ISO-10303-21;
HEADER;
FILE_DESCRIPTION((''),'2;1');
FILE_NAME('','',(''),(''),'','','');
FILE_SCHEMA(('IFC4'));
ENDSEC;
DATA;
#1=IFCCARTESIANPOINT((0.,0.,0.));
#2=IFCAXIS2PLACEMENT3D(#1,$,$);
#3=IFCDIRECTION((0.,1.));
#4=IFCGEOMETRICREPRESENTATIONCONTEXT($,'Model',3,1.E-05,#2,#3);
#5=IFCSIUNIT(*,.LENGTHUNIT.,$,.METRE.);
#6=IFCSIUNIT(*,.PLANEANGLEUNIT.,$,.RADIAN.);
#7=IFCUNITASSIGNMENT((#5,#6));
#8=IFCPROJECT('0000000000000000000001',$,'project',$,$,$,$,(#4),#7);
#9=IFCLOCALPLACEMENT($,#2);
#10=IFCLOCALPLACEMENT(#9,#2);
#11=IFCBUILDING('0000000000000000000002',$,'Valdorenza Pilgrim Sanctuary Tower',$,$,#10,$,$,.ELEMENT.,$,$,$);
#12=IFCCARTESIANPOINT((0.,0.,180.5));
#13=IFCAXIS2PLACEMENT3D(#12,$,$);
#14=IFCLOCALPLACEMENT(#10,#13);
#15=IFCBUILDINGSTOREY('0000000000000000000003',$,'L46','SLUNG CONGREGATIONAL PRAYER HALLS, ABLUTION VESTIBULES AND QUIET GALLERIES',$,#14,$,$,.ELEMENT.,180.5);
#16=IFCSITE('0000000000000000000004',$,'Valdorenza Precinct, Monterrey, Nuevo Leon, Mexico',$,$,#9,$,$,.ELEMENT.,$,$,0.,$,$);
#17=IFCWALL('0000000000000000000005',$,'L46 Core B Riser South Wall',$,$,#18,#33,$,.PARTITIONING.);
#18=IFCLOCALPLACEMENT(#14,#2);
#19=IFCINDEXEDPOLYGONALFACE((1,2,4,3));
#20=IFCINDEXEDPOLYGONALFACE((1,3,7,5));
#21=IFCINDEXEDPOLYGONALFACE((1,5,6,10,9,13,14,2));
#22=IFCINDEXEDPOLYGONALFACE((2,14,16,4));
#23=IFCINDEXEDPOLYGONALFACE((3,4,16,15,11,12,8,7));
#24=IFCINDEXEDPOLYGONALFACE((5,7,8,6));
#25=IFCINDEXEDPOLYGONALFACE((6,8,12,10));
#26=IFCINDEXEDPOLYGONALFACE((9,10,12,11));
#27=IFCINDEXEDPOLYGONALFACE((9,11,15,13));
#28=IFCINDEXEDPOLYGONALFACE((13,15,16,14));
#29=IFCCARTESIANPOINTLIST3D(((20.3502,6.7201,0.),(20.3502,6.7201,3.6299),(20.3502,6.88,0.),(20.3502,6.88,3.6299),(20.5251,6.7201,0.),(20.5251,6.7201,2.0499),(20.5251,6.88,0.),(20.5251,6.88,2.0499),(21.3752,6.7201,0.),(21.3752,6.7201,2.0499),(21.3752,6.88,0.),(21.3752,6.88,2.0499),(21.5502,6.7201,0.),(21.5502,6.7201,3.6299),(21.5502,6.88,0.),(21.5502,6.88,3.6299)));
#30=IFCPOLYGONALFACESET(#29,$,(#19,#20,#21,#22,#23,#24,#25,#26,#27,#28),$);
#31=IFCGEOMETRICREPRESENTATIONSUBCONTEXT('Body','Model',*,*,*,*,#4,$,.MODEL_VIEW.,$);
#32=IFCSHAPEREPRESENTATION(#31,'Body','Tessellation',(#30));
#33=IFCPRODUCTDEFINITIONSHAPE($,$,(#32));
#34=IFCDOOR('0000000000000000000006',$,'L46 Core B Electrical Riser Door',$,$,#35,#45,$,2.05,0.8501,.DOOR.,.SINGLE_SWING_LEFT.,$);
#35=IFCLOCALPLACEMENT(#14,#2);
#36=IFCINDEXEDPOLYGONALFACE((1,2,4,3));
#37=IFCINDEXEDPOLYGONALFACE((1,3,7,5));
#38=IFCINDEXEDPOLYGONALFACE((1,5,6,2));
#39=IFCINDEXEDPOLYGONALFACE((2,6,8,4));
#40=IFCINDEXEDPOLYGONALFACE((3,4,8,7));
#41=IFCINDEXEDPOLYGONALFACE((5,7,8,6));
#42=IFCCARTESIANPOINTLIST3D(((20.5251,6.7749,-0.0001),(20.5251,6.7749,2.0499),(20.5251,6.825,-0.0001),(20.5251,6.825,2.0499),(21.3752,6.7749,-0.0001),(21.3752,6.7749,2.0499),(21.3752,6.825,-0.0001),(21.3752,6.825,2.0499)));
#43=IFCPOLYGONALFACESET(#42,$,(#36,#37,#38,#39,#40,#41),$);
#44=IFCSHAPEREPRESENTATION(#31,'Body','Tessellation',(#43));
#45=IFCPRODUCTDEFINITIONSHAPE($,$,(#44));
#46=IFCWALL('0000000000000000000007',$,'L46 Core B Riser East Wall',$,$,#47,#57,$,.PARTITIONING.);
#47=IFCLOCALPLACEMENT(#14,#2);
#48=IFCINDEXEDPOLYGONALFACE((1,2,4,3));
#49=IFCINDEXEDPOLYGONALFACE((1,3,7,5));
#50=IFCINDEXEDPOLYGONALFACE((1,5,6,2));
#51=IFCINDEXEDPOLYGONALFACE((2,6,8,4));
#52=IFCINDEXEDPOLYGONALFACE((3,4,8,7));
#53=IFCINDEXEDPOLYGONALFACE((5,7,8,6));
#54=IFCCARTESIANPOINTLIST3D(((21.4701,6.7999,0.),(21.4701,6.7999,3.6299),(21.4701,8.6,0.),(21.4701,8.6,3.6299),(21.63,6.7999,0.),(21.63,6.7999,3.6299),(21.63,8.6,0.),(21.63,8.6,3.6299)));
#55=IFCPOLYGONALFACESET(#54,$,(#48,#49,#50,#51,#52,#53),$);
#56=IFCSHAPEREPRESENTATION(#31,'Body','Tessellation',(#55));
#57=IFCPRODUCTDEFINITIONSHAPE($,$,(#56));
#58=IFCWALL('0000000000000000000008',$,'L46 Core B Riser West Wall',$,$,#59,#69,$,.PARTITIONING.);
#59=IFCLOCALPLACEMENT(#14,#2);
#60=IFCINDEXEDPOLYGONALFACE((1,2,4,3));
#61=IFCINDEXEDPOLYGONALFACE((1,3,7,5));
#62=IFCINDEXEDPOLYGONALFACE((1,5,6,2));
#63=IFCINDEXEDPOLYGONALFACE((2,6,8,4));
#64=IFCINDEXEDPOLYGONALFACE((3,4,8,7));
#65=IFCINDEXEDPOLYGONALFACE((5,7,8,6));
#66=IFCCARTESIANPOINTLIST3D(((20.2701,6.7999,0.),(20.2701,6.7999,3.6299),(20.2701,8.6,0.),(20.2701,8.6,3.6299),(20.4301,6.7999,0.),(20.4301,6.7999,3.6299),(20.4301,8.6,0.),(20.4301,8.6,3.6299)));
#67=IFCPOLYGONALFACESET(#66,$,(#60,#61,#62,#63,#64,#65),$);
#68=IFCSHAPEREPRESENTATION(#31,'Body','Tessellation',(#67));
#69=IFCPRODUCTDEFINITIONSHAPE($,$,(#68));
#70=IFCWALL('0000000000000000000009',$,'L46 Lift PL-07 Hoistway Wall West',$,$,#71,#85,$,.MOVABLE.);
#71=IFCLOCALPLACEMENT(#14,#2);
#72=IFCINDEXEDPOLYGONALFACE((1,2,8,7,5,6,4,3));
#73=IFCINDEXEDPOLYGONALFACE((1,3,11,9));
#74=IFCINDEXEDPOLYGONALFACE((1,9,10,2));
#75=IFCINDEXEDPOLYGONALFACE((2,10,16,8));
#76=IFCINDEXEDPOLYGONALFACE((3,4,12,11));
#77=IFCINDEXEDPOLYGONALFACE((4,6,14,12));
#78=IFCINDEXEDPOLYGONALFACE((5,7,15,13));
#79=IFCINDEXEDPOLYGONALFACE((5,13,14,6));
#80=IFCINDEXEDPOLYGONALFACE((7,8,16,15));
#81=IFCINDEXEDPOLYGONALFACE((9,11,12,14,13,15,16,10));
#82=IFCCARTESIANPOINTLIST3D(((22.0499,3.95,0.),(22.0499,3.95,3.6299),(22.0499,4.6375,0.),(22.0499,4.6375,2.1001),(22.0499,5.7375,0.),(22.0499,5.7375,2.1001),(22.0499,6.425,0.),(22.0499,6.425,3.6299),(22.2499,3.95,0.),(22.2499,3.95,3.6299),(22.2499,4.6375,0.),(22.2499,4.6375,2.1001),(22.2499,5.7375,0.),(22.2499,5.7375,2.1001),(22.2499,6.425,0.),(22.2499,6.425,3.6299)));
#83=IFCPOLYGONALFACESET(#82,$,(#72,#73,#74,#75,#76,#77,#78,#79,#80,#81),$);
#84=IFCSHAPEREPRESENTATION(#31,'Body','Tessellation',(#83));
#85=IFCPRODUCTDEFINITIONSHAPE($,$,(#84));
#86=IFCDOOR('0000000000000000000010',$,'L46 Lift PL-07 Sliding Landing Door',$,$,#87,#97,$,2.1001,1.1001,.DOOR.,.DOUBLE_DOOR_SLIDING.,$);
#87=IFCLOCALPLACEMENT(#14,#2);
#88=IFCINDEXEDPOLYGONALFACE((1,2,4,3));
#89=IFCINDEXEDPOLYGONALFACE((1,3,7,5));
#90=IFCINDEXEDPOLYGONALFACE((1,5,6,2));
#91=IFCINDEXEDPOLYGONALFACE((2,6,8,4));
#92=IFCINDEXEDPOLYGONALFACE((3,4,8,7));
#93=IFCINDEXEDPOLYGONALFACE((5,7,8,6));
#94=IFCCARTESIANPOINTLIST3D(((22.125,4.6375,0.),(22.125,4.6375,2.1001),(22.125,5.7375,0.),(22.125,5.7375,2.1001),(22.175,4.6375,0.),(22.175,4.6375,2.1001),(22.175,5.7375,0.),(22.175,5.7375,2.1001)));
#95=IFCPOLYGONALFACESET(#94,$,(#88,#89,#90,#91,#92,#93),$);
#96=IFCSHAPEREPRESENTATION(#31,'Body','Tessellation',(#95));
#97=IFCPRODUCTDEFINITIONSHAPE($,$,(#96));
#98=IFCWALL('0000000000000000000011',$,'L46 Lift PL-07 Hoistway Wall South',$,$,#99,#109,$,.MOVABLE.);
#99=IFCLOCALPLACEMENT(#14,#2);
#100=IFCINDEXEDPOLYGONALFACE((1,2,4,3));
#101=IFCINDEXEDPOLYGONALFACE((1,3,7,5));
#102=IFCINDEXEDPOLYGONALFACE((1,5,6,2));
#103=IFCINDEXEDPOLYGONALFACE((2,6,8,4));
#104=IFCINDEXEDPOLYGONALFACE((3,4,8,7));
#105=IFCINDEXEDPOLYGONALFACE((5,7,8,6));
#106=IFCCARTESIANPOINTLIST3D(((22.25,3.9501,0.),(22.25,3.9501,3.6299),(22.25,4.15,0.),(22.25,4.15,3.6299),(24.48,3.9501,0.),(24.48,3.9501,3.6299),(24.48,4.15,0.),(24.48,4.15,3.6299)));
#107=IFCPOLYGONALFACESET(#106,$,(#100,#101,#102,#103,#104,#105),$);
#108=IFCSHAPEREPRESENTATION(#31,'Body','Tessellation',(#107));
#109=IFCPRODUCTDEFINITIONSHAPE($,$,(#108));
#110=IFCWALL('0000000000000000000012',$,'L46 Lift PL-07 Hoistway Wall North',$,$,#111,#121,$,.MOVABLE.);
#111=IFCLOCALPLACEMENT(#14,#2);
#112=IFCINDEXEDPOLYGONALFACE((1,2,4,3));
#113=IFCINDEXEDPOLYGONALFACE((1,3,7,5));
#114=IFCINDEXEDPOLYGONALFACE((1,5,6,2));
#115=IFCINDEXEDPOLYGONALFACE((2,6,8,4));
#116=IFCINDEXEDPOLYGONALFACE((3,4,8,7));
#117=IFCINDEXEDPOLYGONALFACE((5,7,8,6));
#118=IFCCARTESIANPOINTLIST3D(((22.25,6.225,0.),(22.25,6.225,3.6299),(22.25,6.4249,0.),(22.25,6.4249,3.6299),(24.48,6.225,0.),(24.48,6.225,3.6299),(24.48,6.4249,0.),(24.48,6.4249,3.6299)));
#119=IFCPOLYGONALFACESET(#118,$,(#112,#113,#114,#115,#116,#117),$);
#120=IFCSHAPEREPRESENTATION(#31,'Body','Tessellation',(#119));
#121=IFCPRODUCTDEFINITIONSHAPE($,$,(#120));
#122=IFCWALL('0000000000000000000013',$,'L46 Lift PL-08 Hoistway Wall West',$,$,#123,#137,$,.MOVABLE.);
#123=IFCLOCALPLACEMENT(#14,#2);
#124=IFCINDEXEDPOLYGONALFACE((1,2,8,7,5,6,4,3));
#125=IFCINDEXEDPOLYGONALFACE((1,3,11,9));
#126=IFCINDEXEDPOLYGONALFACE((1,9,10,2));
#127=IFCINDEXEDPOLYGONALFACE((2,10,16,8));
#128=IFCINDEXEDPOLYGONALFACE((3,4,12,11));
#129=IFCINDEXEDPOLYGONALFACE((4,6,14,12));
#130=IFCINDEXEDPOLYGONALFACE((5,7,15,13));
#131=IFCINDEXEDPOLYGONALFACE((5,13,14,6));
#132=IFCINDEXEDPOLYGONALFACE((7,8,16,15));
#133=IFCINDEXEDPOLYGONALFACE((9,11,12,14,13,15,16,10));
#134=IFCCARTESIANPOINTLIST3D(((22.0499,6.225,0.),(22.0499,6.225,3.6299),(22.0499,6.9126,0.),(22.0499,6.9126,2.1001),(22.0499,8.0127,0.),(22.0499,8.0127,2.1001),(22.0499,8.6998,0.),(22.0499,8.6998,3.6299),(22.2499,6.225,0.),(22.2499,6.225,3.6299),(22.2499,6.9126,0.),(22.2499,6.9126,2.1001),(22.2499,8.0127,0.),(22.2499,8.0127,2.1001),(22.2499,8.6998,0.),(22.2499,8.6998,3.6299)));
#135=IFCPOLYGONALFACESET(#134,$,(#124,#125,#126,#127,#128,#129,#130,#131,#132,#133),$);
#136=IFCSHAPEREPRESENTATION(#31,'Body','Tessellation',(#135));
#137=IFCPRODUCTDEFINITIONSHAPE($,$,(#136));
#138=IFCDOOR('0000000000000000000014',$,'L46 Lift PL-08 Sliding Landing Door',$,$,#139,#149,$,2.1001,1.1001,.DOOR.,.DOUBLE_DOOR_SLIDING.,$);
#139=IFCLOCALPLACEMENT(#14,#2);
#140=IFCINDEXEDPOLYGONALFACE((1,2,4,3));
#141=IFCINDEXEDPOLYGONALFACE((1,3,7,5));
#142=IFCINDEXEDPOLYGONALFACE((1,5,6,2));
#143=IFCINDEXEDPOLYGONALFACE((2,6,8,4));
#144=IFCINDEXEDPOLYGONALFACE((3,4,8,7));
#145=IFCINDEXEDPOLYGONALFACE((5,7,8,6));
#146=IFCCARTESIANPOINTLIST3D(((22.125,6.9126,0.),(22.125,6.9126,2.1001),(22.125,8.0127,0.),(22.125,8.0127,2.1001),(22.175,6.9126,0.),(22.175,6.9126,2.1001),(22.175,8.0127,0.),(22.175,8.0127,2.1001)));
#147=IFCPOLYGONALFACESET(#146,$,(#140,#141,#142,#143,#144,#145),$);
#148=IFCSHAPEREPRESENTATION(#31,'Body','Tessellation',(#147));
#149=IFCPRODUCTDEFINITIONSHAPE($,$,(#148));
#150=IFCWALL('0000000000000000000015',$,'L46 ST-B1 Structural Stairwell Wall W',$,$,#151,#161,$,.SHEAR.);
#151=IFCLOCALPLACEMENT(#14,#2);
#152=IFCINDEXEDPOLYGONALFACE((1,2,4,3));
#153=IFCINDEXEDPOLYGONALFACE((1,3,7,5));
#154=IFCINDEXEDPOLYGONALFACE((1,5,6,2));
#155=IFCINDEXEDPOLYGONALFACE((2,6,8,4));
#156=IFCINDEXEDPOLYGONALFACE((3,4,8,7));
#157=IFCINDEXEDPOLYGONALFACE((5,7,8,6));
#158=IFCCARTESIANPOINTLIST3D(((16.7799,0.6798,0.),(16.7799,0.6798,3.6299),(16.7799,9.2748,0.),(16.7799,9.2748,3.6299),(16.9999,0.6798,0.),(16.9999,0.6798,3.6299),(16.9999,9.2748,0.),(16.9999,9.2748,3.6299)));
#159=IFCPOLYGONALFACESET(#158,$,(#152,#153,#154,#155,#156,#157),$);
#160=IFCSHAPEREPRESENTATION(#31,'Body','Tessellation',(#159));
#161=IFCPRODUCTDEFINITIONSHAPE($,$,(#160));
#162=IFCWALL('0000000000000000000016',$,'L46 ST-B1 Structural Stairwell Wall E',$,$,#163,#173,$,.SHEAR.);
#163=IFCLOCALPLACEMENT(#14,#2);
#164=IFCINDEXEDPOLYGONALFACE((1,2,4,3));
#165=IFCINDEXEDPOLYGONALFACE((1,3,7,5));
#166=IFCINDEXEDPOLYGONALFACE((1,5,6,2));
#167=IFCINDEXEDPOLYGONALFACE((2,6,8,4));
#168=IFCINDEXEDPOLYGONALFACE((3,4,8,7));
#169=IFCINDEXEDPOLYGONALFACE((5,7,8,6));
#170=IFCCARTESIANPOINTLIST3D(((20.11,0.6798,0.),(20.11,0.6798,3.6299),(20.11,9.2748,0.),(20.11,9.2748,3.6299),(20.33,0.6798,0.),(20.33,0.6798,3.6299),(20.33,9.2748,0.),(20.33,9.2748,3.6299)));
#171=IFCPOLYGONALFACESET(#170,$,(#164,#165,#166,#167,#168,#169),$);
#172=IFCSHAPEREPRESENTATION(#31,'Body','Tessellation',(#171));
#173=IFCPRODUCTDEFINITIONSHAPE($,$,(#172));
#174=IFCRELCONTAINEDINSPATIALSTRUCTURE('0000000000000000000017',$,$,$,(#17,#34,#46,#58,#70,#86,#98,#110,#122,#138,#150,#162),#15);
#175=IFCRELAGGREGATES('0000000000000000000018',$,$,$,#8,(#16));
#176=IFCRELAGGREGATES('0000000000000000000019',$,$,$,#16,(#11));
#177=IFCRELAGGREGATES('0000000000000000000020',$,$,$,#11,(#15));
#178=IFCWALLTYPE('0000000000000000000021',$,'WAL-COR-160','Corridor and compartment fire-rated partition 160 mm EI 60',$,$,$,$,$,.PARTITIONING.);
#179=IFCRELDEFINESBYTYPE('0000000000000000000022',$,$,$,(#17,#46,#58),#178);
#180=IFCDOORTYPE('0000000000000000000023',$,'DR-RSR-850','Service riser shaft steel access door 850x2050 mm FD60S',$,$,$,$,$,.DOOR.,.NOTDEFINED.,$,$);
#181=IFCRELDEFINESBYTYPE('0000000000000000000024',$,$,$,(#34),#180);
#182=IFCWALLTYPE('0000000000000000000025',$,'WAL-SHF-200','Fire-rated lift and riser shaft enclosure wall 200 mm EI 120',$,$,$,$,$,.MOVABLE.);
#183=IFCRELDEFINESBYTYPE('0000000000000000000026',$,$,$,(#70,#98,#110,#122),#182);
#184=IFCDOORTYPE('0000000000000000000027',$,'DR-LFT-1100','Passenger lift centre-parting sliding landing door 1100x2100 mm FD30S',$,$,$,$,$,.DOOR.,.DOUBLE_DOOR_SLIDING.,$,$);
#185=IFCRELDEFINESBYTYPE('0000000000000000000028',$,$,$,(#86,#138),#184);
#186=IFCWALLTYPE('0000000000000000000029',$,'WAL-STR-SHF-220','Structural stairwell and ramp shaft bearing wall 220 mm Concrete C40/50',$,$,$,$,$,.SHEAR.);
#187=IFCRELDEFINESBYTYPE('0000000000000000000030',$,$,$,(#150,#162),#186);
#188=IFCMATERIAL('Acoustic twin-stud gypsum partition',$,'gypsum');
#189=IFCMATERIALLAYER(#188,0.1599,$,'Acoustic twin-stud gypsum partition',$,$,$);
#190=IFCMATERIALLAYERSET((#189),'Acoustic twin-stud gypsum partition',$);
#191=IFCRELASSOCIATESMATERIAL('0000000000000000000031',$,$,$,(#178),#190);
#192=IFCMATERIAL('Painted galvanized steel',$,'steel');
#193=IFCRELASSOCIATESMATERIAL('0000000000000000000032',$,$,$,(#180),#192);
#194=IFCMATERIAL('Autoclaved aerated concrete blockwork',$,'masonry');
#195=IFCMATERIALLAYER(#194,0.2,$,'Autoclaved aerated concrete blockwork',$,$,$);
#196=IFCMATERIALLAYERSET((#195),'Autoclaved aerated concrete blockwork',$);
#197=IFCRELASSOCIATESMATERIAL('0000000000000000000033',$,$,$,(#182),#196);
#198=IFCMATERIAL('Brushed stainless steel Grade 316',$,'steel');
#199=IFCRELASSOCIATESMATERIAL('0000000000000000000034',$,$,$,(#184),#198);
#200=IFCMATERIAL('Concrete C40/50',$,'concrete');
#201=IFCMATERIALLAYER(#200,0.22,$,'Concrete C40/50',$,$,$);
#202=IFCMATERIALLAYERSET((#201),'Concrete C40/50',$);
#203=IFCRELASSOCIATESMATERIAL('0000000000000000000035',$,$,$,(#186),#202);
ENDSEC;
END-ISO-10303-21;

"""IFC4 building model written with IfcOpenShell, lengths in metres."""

from ifc_helpers import new_model, si_unit, direction, frame, frame_2d, origin, place, context, subcontext, project, spatial, rectangle, extrude, material, layer, layer_set, type_object, element, fill, save


model = new_model("IFC4")

# Units and contexts
model_context = context("Model", 3, precision=1e-05, world=origin(), true_north=direction((0.0, 1.0)))
body_context = subcontext(model_context, "Body", "Model", "MODEL_VIEW")
ifc_project = project(units=[si_unit("LENGTHUNIT", "METRE"), si_unit("PLANEANGLEUNIT", "RADIAN")], contexts=[model_context])

# Site, building, storey
site_placement = place(None, origin())
site = spatial("IfcSite", under=ifc_project, at=site_placement, Name="Valdorenza Precinct, Monterrey, Nuevo Leon, Mexico", CompositionType="ELEMENT", RefElevation=0.0)
building_placement = place(site_placement, origin())
building = spatial("IfcBuilding", under=site, at=building_placement, Name="Valdorenza Pilgrim Sanctuary Tower", CompositionType="ELEMENT")
storey_placement = place(building_placement, frame((0.0, 0.0, 180.5)))
storey = spatial("IfcBuildingStorey", under=building, at=storey_placement, Name="L46", Description="SLUNG CONGREGATIONAL PRAYER HALLS, ABLUTION VESTIBULES AND QUIET GALLERIES", CompositionType="ELEMENT", Elevation=180.5)

# Wall, opening, door
ifc_material_1 = material(Name="Acoustic twin-stud gypsum partition", Category="gypsum")
ifc_layer_1 = layer(ifc_material_1, 0.1599, Name="Acoustic twin-stud gypsum partition")
ifc_layer_set_1 = layer_set([ifc_layer_1], Name="Acoustic twin-stud gypsum partition")
wall_type_1 = type_object("IfcWallType", Name="WAL-COR-160", Description="Corridor and compartment fire-rated partition 160 mm EI 60", PredefinedType="PARTITIONING", material=ifc_layer_set_1)
wall_1_placement = place(storey_placement, frame((20.3501, 6.8, 0.0), z_axis=(0.0, 0.0, 1.0), x_axis=(1.0, 0.0, 0.0)))
wall_1 = element("IfcWall", 1, at=wall_1_placement, inside=storey, type_object=wall_type_1, Name="L46 Core B Riser South Wall", PredefinedType="PARTITIONING", context=body_context, shape_type="SweptSolid", body=[
    extrude(rectangle(XDim=1.2, YDim=0.1599, at=frame_2d((0.6001, 0.0))), origin(), (0.0, 0.0, 1.0), 3.6299),
])
opening_1_placement = place(wall_1_placement, frame((0.175, 0.0, 0.0)))
opening_1 = element("IfcOpeningElement", 2, at=opening_1_placement, cuts=wall_1, PredefinedType="OPENING", context=body_context, shape_type="SweptSolid", body=[
    extrude(rectangle(XDim=0.8501, YDim=2.05, at=frame_2d((0.425, 1.0249))), frame((0.0, 0.0947, 0.0), z_axis=(0.0, -1.0, 0.0), x_axis=(1.0, 0.0, 0.0)), (0.0, 0.0, 1.0), 0.1897),
])
ifc_material_2 = material(Name="Painted galvanized steel", Category="steel")
door_type_1 = type_object("IfcDoorType", Name="DR-RSR-850", Description="Service riser shaft steel access door 850x2050 mm FD60S", OperationType="NOTDEFINED", PredefinedType="DOOR", material=ifc_material_2)
door_1_placement = place(opening_1_placement, origin())
door_1 = element("IfcDoor", 3, at=door_1_placement, inside=storey, type_object=door_type_1, Name="L46 Core B Electrical Riser Door", OperationType="SINGLE_SWING_LEFT", OverallHeight=2.05, OverallWidth=0.8501, PredefinedType="DOOR", context=body_context, shape_type="SweptSolid", body=[
    extrude(rectangle(XDim=0.8501, YDim=2.05, at=frame_2d((0.425, 1.0249))), frame((0.0, 0.0249, 0.0), z_axis=(0.0, -1.0, 0.0), x_axis=(1.0, 0.0, 0.0)), (0.0, 0.0, 1.0), 0.05),
])
fill(opening_1, door_1)

# Walls
for number, where, z_axis, x_axis, name in (
    (4, (21.55, 6.8, 0.0), (0.0, 0.0, 1.0), (0.0, 1.0, 0.0), "L46 Core B Riser East Wall"),
    (5, (20.3501, 6.8, 0.0), (0.0, 0.0, 1.0), (0.0, 1.0, 0.0), "L46 Core B Riser West Wall"),
):
    element("IfcWall", number, at=place(storey_placement, frame(where, z_axis=z_axis, x_axis=x_axis)), inside=storey, type_object=wall_type_1, Name=name, PredefinedType="PARTITIONING", context=body_context, shape_type="SweptSolid", body=[
        extrude(rectangle(XDim=1.8, YDim=0.1599, at=frame_2d((0.8999, 0.0))), origin(), (0.0, 0.0, 1.0), 3.6299),
    ])

# Wall, opening, door
ifc_material_3 = material(Name="Autoclaved aerated concrete blockwork", Category="masonry")
ifc_layer_2 = layer(ifc_material_3, 0.2, Name="Autoclaved aerated concrete blockwork")
ifc_layer_set_2 = layer_set([ifc_layer_2], Name="Autoclaved aerated concrete blockwork")
wall_type_2 = type_object("IfcWallType", Name="WAL-SHF-200", Description="Fire-rated lift and riser shaft enclosure wall 200 mm EI 120", PredefinedType="MOVABLE", material=ifc_layer_set_2)
wall_2_placement = place(storey_placement, frame((22.1499, 3.95, 0.0), z_axis=(0.0, 0.0, 1.0), x_axis=(0.0, 1.0, 0.0)))
wall_2 = element("IfcWall", 6, at=wall_2_placement, inside=storey, type_object=wall_type_2, Name="L46 Lift PL-07 Hoistway Wall West", PredefinedType="MOVABLE", context=body_context, shape_type="SweptSolid", body=[
    extrude(rectangle(XDim=2.4751, YDim=0.2, at=frame_2d((1.2375, 0.0))), origin(), (0.0, 0.0, 1.0), 3.6299),
])
opening_2_placement = place(wall_2_placement, frame((0.6875, 0.0, 0.0)))
opening_2 = element("IfcOpeningElement", 7, at=opening_2_placement, cuts=wall_2, PredefinedType="OPENING", context=body_context, shape_type="SweptSolid", body=[
    extrude(rectangle(XDim=1.1001, YDim=2.1001, at=frame_2d((0.55, 1.05))), frame((0.0, 0.1147, 0.0), z_axis=(0.0, -1.0, 0.0), x_axis=(1.0, 0.0, 0.0)), (0.0, 0.0, 1.0), 0.2297),
])
ifc_material_4 = material(Name="Brushed stainless steel Grade 316", Category="steel")
door_type_2 = type_object("IfcDoorType", Name="DR-LFT-1100", Description="Passenger lift centre-parting sliding landing door 1100x2100 mm FD30S", OperationType="DOUBLE_DOOR_SLIDING", PredefinedType="DOOR", material=ifc_material_4)
door_2_placement = place(opening_2_placement, origin())
door_2 = element("IfcDoor", 8, at=door_2_placement, inside=storey, type_object=door_type_2, Name="L46 Lift PL-07 Sliding Landing Door", OperationType="DOUBLE_DOOR_SLIDING", OverallHeight=2.1001, OverallWidth=1.1001, PredefinedType="DOOR", context=body_context, shape_type="SweptSolid", body=[
    extrude(rectangle(XDim=1.1001, YDim=2.1001, at=frame_2d((0.55, 1.05))), frame((0.0, 0.0249, 0.0), z_axis=(0.0, -1.0, 0.0), x_axis=(1.0, 0.0, 0.0)), (0.0, 0.0, 1.0), 0.05),
])
fill(opening_2, door_2)

# Walls
for number, where, z_axis, x_axis, name in (
    (9, (22.25, 4.05, 0.0), (0.0, 0.0, 1.0), (1.0, 0.0, 0.0), "L46 Lift PL-07 Hoistway Wall South"),
    (10, (22.25, 6.325, 0.0), (0.0, 0.0, 1.0), (1.0, 0.0, 0.0), "L46 Lift PL-07 Hoistway Wall North"),
):
    element("IfcWall", number, at=place(storey_placement, frame(where, z_axis=z_axis, x_axis=x_axis)), inside=storey, type_object=wall_type_2, Name=name, PredefinedType="MOVABLE", context=body_context, shape_type="SweptSolid", body=[
        extrude(rectangle(XDim=2.23, YDim=0.2, at=frame_2d((1.115, 0.0))), origin(), (0.0, 0.0, 1.0), 3.6299),
    ])

# Wall, opening, door
wall_3_placement = place(storey_placement, frame((22.1499, 6.2251, 0.0), z_axis=(0.0, 0.0, 1.0), x_axis=(0.0, 1.0, 0.0)))
wall_3 = element("IfcWall", 11, at=wall_3_placement, inside=storey, type_object=wall_type_2, Name="L46 Lift PL-08 Hoistway Wall West", PredefinedType="MOVABLE", context=body_context, shape_type="SweptSolid", body=[
    extrude(rectangle(XDim=2.4749, YDim=0.2, at=frame_2d((1.2373, 0.0))), origin(), (0.0, 0.0, 1.0), 3.6299),
])
opening_3_placement = place(wall_3_placement, frame((0.6875, 0.0, 0.0)))
opening_3 = element("IfcOpeningElement", 12, at=opening_3_placement, cuts=wall_3, PredefinedType="OPENING", context=body_context, shape_type="SweptSolid", body=[
    extrude(rectangle(XDim=1.1001, YDim=2.1001, at=frame_2d((0.55, 1.05))), frame((0.0, 0.1147, 0.0), z_axis=(0.0, -1.0, 0.0), x_axis=(1.0, 0.0, 0.0)), (0.0, 0.0, 1.0), 0.2297),
])
door_3_placement = place(opening_3_placement, origin())
door_3 = element("IfcDoor", 13, at=door_3_placement, inside=storey, type_object=door_type_2, Name="L46 Lift PL-08 Sliding Landing Door", OperationType="DOUBLE_DOOR_SLIDING", OverallHeight=2.1001, OverallWidth=1.1001, PredefinedType="DOOR", context=body_context, shape_type="SweptSolid", body=[
    extrude(rectangle(XDim=1.1001, YDim=2.1001, at=frame_2d((0.55, 1.05))), frame((0.0, 0.0249, 0.0), z_axis=(0.0, -1.0, 0.0), x_axis=(1.0, 0.0, 0.0)), (0.0, 0.0, 1.0), 0.05),
])
fill(opening_3, door_3)

# Walls
ifc_material_5 = material(Name="Concrete C40/50", Category="concrete")
ifc_layer_3 = layer(ifc_material_5, 0.22, Name="Concrete C40/50")
ifc_layer_set_3 = layer_set([ifc_layer_3], Name="Concrete C40/50")
wall_type_3 = type_object("IfcWallType", Name="WAL-STR-SHF-220", Description="Structural stairwell and ramp shaft bearing wall 220 mm Concrete C40/50", PredefinedType="SHEAR", material=ifc_layer_set_3)
for number, where, z_axis, x_axis, name in (
    (14, (16.8899, 0.6799, 0.0), (0.0, 0.0, 1.0), (0.0, 1.0, 0.0), "L46 ST-B1 Structural Stairwell Wall W"),
    (15, (20.22, 0.6799, 0.0), (0.0, 0.0, 1.0), (0.0, 1.0, 0.0), "L46 ST-B1 Structural Stairwell Wall E"),
):
    element("IfcWall", number, at=place(storey_placement, frame(where, z_axis=z_axis, x_axis=x_axis)), inside=storey, type_object=wall_type_3, Name=name, PredefinedType="SHEAR", context=body_context, shape_type="SweptSolid", body=[
        extrude(rectangle(XDim=8.595, YDim=0.22, at=frame_2d((4.2974, 0.0))), origin(), (0.0, 0.0, 1.0), 3.6299),
    ])

save(model, "model.ifc")
